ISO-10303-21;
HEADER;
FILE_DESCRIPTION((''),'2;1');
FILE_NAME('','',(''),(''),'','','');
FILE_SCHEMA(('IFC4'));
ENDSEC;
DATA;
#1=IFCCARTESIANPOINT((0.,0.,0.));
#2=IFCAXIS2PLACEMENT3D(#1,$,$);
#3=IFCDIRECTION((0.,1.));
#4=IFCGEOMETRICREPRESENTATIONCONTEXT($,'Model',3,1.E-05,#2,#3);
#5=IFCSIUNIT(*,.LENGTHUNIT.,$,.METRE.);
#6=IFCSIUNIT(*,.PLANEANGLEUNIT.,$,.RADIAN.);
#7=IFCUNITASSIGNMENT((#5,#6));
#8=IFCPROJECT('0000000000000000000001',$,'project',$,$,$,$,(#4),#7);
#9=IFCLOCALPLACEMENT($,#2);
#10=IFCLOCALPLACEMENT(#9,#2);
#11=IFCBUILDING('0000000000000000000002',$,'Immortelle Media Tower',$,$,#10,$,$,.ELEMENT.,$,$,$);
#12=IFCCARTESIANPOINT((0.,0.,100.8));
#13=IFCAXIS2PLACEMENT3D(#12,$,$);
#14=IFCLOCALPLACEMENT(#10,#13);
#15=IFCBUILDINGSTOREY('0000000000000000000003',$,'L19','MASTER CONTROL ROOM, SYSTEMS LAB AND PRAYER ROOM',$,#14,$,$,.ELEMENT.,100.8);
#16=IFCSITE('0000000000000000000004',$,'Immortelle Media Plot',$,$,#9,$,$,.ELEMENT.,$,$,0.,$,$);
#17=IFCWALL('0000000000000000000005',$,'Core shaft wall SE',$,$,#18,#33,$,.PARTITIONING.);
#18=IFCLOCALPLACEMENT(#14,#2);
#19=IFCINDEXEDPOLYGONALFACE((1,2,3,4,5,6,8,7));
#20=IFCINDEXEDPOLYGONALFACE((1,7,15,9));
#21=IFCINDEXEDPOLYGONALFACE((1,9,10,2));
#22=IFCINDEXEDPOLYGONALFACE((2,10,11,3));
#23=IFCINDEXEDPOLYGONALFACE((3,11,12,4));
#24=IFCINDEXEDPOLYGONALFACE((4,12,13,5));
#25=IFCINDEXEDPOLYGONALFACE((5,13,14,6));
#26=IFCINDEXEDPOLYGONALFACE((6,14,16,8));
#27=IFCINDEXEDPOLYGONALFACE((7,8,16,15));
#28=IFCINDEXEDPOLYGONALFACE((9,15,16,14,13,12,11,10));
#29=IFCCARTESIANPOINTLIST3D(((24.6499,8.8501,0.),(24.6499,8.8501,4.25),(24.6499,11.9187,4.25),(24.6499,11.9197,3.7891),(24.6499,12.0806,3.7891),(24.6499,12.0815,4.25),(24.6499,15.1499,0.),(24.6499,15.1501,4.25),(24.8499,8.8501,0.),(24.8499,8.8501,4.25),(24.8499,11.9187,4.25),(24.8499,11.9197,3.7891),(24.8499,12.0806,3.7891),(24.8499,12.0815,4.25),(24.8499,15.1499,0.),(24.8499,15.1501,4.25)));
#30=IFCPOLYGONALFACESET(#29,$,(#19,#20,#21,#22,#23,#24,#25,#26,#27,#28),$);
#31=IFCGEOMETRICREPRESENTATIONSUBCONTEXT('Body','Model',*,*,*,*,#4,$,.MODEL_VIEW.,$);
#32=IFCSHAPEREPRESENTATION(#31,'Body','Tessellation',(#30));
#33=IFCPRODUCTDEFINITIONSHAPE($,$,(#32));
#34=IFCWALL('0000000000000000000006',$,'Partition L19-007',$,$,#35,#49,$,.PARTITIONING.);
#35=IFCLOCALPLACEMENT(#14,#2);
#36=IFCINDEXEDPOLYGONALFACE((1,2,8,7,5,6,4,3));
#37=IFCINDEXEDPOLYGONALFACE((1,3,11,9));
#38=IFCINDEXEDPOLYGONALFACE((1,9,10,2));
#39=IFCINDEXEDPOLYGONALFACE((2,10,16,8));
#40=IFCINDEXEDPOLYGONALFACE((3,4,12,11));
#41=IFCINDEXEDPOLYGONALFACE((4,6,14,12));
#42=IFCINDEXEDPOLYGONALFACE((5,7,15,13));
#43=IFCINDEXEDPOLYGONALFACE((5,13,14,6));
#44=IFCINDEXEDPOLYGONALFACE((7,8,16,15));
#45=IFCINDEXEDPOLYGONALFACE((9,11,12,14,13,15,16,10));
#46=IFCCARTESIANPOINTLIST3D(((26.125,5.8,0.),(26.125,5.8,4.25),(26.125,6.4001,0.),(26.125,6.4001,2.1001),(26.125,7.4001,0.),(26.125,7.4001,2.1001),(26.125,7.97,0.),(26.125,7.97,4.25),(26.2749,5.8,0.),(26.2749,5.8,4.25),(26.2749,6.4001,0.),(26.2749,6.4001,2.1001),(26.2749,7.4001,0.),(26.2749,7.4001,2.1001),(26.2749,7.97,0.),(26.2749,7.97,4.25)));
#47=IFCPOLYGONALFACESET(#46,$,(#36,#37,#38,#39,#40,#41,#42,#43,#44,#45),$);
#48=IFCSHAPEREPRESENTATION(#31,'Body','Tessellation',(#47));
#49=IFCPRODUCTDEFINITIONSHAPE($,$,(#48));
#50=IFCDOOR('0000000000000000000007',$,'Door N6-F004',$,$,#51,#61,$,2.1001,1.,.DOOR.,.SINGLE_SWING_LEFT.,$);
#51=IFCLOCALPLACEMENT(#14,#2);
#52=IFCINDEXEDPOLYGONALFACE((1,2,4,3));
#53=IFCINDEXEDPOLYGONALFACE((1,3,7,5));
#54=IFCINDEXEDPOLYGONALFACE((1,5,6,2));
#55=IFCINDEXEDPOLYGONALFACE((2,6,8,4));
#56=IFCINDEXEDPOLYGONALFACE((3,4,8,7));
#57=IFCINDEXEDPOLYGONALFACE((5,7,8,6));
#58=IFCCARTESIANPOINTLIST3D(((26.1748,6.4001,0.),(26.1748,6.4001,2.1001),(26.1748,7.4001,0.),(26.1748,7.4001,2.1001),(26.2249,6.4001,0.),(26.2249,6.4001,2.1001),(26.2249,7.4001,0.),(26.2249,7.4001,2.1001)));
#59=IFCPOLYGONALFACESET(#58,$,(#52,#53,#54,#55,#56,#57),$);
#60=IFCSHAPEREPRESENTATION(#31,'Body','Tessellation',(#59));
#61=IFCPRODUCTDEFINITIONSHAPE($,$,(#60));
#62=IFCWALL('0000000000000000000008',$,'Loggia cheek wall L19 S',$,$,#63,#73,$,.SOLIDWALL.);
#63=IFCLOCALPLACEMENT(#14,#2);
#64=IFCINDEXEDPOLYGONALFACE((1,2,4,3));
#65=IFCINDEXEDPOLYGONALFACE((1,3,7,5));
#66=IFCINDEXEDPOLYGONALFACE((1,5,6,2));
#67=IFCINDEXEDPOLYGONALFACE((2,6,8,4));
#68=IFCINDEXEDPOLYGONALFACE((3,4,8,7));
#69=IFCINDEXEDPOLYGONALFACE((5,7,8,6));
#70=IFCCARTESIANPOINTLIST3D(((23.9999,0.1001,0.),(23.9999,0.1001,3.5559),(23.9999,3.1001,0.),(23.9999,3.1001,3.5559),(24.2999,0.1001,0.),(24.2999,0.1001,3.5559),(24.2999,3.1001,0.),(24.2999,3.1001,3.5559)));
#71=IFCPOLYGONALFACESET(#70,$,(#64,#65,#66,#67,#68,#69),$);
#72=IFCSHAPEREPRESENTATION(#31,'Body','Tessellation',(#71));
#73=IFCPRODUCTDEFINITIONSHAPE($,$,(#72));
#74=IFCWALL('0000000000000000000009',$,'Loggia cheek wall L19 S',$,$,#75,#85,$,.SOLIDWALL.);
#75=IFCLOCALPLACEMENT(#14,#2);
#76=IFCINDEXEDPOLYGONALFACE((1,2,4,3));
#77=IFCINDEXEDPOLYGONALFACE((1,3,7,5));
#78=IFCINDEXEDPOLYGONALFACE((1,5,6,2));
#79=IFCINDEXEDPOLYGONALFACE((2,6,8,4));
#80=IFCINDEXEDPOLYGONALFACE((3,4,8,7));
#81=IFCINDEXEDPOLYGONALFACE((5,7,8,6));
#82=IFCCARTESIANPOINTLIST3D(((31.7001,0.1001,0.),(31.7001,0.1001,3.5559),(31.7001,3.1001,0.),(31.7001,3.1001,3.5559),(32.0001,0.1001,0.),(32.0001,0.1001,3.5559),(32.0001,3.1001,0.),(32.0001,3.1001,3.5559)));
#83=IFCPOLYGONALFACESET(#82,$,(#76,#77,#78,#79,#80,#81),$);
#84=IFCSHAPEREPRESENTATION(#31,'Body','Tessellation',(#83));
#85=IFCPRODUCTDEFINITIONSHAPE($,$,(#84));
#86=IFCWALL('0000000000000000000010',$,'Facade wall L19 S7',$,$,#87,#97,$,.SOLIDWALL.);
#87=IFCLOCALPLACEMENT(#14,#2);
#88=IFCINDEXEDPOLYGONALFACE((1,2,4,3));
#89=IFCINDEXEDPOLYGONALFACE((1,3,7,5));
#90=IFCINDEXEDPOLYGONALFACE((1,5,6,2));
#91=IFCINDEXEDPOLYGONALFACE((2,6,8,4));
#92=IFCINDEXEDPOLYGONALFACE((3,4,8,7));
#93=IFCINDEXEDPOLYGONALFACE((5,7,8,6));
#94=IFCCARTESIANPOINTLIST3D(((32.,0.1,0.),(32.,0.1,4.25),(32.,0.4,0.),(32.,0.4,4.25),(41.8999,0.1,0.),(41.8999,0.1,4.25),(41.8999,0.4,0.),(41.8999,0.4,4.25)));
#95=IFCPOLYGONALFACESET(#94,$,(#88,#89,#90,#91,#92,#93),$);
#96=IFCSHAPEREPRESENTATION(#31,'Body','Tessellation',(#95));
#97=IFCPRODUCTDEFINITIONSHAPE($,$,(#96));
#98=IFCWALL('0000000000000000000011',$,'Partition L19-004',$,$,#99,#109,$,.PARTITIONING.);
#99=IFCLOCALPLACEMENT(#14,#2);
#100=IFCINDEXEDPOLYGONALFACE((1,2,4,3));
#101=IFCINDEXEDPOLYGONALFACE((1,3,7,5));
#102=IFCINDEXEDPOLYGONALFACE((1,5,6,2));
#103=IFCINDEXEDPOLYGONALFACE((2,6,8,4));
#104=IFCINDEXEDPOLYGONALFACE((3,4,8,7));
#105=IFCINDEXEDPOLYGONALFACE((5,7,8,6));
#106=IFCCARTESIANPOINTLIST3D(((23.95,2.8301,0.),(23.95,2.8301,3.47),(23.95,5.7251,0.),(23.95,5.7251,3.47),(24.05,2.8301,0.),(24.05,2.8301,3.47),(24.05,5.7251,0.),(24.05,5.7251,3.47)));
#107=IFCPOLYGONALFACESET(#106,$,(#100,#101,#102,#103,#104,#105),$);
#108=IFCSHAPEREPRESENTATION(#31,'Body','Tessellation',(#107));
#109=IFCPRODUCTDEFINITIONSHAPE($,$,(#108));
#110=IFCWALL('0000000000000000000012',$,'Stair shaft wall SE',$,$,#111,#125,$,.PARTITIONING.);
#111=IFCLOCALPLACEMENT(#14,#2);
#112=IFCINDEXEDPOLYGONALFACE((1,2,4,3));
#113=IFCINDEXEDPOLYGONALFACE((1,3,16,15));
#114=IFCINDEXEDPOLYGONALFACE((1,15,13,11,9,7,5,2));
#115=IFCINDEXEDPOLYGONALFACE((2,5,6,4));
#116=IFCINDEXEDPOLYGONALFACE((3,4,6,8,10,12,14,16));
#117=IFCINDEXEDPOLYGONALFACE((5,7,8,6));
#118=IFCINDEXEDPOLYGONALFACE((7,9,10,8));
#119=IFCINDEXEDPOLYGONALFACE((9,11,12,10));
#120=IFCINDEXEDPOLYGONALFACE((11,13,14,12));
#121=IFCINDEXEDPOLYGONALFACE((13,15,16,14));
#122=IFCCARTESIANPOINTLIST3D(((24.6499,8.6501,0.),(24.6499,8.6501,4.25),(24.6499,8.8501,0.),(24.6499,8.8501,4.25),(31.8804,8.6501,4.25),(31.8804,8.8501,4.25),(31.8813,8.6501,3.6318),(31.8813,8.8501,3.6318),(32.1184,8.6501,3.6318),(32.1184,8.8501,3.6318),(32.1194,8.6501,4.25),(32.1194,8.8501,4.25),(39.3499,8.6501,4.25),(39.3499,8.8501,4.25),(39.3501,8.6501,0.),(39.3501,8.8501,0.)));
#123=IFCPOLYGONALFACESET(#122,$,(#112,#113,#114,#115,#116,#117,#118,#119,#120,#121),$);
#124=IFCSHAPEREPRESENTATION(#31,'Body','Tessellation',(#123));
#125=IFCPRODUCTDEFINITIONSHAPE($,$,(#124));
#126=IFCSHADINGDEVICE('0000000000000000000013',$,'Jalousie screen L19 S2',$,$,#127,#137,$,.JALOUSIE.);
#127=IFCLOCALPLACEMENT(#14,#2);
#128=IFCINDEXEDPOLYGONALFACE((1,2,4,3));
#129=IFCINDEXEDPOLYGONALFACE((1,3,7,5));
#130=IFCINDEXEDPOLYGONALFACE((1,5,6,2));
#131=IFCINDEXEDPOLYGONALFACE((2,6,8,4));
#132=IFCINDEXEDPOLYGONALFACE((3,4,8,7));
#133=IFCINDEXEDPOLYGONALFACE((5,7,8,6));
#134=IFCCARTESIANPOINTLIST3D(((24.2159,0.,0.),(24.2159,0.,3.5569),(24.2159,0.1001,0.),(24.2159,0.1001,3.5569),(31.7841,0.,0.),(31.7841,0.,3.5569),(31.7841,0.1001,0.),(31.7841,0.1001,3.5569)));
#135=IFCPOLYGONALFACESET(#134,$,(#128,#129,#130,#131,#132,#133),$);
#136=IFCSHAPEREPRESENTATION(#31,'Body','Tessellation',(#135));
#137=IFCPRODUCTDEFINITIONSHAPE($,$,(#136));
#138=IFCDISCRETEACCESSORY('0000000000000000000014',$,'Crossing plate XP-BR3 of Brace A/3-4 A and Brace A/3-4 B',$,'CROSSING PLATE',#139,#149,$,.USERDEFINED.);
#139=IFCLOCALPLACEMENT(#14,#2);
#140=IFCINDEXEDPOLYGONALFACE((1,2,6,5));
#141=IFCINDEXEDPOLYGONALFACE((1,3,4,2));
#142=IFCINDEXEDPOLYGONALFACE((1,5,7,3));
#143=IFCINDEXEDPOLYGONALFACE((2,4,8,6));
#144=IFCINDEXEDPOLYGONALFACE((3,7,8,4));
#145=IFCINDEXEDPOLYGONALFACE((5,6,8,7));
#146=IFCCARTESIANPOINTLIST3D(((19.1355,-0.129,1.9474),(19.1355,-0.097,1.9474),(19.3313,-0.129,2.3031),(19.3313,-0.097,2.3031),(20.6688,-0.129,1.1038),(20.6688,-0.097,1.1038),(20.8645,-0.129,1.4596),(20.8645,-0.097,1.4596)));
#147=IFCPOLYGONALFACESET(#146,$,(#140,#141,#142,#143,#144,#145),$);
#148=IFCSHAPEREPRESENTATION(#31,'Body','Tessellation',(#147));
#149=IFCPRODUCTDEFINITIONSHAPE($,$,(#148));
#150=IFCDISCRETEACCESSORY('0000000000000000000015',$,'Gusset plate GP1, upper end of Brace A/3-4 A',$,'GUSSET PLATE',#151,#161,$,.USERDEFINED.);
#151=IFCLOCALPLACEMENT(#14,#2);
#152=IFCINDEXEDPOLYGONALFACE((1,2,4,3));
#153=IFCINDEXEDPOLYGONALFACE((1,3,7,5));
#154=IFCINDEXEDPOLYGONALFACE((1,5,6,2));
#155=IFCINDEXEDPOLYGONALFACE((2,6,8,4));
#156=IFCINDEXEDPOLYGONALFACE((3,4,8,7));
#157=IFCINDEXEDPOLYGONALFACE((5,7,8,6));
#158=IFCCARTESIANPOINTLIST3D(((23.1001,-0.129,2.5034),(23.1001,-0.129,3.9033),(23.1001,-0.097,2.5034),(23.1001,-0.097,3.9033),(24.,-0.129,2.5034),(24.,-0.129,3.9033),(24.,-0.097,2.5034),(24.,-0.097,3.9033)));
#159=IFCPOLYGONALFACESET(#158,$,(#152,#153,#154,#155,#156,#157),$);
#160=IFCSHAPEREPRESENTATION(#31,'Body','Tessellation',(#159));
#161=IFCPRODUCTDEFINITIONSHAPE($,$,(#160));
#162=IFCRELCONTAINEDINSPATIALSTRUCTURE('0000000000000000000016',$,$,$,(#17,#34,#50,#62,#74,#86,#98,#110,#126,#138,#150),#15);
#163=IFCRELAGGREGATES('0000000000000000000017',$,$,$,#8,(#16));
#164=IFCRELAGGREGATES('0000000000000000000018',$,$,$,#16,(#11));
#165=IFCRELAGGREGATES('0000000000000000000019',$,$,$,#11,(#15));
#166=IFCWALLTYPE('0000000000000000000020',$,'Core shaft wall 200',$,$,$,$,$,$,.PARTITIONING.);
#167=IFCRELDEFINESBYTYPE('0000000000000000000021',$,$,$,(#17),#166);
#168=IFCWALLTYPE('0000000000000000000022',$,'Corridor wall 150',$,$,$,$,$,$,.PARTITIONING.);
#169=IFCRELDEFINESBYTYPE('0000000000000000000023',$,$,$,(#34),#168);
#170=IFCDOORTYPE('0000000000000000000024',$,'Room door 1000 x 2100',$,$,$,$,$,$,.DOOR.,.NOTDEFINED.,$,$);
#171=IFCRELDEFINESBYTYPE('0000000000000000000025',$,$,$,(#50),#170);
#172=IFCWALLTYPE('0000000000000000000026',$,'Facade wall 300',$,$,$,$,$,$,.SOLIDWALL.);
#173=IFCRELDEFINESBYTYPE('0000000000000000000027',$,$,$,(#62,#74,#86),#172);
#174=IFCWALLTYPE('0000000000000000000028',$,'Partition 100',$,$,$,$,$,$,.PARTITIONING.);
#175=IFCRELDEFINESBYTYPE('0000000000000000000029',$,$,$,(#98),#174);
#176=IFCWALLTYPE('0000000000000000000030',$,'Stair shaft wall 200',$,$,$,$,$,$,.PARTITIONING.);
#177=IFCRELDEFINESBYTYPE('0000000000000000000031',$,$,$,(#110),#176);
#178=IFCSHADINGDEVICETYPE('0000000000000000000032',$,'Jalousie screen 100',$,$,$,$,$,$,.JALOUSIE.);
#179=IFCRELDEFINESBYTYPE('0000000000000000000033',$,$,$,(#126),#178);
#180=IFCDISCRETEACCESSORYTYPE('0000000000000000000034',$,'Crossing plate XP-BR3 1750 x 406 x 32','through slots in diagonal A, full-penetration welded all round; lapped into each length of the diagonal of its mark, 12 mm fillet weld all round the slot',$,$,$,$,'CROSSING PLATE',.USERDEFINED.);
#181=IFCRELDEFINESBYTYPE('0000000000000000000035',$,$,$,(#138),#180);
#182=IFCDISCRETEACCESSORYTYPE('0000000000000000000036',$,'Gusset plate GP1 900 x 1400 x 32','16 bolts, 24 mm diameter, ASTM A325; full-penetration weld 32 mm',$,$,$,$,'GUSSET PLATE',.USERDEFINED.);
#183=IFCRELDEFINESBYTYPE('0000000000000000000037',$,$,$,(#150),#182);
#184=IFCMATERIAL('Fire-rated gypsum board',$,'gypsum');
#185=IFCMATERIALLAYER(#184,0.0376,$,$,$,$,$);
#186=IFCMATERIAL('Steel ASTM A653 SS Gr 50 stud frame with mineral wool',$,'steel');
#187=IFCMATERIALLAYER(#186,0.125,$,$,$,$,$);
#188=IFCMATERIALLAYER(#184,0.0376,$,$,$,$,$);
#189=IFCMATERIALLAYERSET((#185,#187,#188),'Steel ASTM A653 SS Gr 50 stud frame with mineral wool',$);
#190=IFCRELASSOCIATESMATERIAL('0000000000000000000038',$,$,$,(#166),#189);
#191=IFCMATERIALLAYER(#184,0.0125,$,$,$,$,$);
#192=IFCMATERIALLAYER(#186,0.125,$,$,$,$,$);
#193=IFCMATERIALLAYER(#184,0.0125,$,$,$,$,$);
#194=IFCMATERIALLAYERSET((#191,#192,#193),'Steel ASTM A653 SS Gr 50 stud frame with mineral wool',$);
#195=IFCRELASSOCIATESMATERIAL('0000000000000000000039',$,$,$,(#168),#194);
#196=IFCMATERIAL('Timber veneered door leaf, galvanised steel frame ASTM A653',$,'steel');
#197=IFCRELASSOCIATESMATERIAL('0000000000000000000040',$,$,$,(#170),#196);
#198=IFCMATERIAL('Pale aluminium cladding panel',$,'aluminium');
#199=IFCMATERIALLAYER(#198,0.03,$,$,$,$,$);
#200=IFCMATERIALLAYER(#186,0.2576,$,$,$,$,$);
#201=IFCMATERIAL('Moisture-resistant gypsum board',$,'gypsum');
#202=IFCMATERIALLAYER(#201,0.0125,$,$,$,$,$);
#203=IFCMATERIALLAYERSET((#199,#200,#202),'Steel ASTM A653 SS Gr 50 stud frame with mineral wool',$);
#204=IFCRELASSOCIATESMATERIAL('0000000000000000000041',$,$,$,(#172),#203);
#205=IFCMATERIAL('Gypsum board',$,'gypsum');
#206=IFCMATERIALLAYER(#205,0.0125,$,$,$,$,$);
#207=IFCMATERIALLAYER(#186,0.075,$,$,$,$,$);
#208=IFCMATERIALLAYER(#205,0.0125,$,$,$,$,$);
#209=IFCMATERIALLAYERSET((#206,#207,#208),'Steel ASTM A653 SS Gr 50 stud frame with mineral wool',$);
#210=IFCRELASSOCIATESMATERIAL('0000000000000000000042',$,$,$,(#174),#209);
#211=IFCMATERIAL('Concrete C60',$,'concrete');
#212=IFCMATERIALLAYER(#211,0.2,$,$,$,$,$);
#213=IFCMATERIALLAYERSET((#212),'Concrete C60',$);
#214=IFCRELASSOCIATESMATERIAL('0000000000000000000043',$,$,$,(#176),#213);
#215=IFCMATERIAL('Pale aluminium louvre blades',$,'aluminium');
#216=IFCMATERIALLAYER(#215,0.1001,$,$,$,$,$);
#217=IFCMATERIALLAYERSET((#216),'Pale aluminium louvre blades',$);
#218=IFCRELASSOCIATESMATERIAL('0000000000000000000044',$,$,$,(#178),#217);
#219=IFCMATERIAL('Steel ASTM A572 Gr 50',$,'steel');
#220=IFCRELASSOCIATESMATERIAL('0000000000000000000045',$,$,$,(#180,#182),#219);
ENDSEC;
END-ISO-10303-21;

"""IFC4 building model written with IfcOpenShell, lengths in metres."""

from ifc_helpers import new_model, si_unit, direction, frame, frame_2d, origin, origin_2d, place, context, subcontext, project, spatial, polyline, rectangle, outline, extrude, material, layer, layer_set, material_profile, profile_set, type_object, element, fill, save


model = new_model("IFC4")

# Units and contexts
model_context = context("Model", 3, precision=1e-05, world=origin(), true_north=direction((0.0, 1.0)))
body_context = subcontext(model_context, "Body", "Model", "MODEL_VIEW")
ifc_project = project(units=[si_unit("LENGTHUNIT", "METRE"), si_unit("PLANEANGLEUNIT", "RADIAN")], contexts=[model_context])

# Site, building, storey
site_placement = place(None, origin())
site = spatial("IfcSite", under=ifc_project, at=site_placement, Name="Immortelle Media Plot", CompositionType="ELEMENT", RefElevation=0.0)
building_placement = place(site_placement, origin())
building = spatial("IfcBuilding", under=site, at=building_placement, Name="Immortelle Media Tower", CompositionType="ELEMENT")
storey_placement = place(building_placement, frame((0.0, 0.0, 100.8)))
storey = spatial("IfcBuildingStorey", under=building, at=storey_placement, Name="L19", Description="MASTER CONTROL ROOM, SYSTEMS LAB AND PRAYER ROOM", CompositionType="ELEMENT", Elevation=100.8)

# Shared definitions
ifc_material_1 = material(Name="Fire-rated gypsum board", Category="gypsum")
ifc_layer_1 = layer(ifc_material_1, 0.0376)
ifc_material_2 = material(Name="Steel ASTM A653 SS Gr 50 stud frame with mineral wool", Category="steel")
ifc_layer_2 = layer(ifc_material_2, 0.125)
ifc_layer_3 = layer(ifc_material_1, 0.0376)
ifc_layer_set_1 = layer_set([ifc_layer_1, ifc_layer_2, ifc_layer_3], Name="Steel ASTM A653 SS Gr 50 stud frame with mineral wool")
wall_type_1 = type_object("IfcWallType", Name="Core shaft wall 200", PredefinedType="PARTITIONING", material=ifc_layer_set_1)

# Wall
wall_1_placement = place(storey_placement, frame((24.75, 8.8501, 0.0), z_axis=(0.0, 0.0, 1.0), x_axis=(0.0, 1.0, 0.0)))
element("IfcWall", 1, at=wall_1_placement, inside=storey, type_object=wall_type_1, Name="Core shaft wall SE", PredefinedType="PARTITIONING", context=body_context, shape_type="SweptSolid", body=[
    extrude(outline(polyline([(0.0, 0.0), (6.2998, 0.0), (6.3, 4.25), (3.2314, 4.25), (3.2305, 3.7891), (3.0696, 3.7891), (3.0686, 4.25), (0.0, 4.25), (0.0, 0.0)])), frame((0.0, 0.1001, 0.0), z_axis=(0.0, -1.0, 0.0), x_axis=(1.0, 0.0, 0.0)), (0.0, 0.0, 1.0), 0.2),
])

# Wall, opening, door
ifc_layer_4 = layer(ifc_material_1, 0.0125)
ifc_layer_5 = layer(ifc_material_2, 0.125)
ifc_layer_6 = layer(ifc_material_1, 0.0125)
ifc_layer_set_2 = layer_set([ifc_layer_4, ifc_layer_5, ifc_layer_6], Name="Steel ASTM A653 SS Gr 50 stud frame with mineral wool")
wall_type_2 = type_object("IfcWallType", Name="Corridor wall 150", PredefinedType="PARTITIONING", material=ifc_layer_set_2)
wall_2_placement = place(storey_placement, frame((26.2, 5.8, 0.0), z_axis=(0.0, 0.0, 1.0), x_axis=(0.0, 1.0, 0.0)))
wall_2 = element("IfcWall", 2, at=wall_2_placement, inside=storey, type_object=wall_type_2, Name="Partition L19-007", PredefinedType="PARTITIONING", context=body_context, shape_type="SweptSolid", body=[
    extrude(rectangle(XDim=2.1699, YDim=0.1499, at=frame_2d((1.085, 0.0))), origin(), (0.0, 0.0, 1.0), 4.25),
])
opening_1_placement = place(wall_2_placement, frame((1.6001, 0.0, 0.0), z_axis=(0.0, 0.0, 1.0), x_axis=(-1.0, 0.0, 0.0)))
opening_1 = element("IfcOpeningElement", 3, at=opening_1_placement, cuts=wall_2, PredefinedType="OPENING", context=body_context, shape_type="SweptSolid", body=[
    extrude(rectangle(XDim=1.0, YDim=2.1001, at=frame_2d((0.5, 1.05))), frame((0.0, 0.085, 0.0), z_axis=(0.0, -1.0, 0.0), x_axis=(1.0, 0.0, 0.0)), (0.0, 0.0, 1.0), 0.1699),
])
ifc_material_3 = material(Name="Timber veneered door leaf, galvanised steel frame ASTM A653", Category="steel")
door_type_1 = type_object("IfcDoorType", Name="Room door 1000 x 2100", OperationType="NOTDEFINED", PredefinedType="DOOR", material=ifc_material_3)
door_1_placement = place(opening_1_placement, origin())
door_1 = element("IfcDoor", 4, at=door_1_placement, inside=storey, type_object=door_type_1, Name="Door N6-F004", OperationType="SINGLE_SWING_LEFT", OverallHeight=2.1001, OverallWidth=1.0, PredefinedType="DOOR", context=body_context, shape_type="SweptSolid", body=[
    extrude(rectangle(XDim=1.0, YDim=2.1001, at=frame_2d((0.5, 1.05))), frame((0.0, 0.0249, 0.0), z_axis=(0.0, -1.0, 0.0), x_axis=(1.0, 0.0, 0.0)), (0.0, 0.0, 1.0), 0.05),
])
fill(opening_1, door_1)

# Shared definitions
ifc_material_4 = material(Name="Pale aluminium cladding panel", Category="aluminium")
ifc_layer_7 = layer(ifc_material_4, 0.03)
ifc_layer_8 = layer(ifc_material_2, 0.2576)
ifc_material_5 = material(Name="Moisture-resistant gypsum board", Category="gypsum")
ifc_layer_9 = layer(ifc_material_5, 0.0125)
ifc_layer_set_3 = layer_set([ifc_layer_7, ifc_layer_8, ifc_layer_9], Name="Steel ASTM A653 SS Gr 50 stud frame with mineral wool")
wall_type_3 = type_object("IfcWallType", Name="Facade wall 300", PredefinedType="SOLIDWALL", material=ifc_layer_set_3)

# Walls
for number, where, z_axis, x_axis, name in (
    (5, (24.1499, 0.1001, 0.0), (0.0, 0.0, 1.0), (0.0, 1.0, 0.0), "Loggia cheek wall L19 S"),
    (6, (31.8501, 0.1001, 0.0), (0.0, 0.0, 1.0), (0.0, 1.0, 0.0), "Loggia cheek wall L19 S"),
):
    element("IfcWall", number, at=place(storey_placement, frame(where, z_axis=z_axis, x_axis=x_axis)), inside=storey, type_object=wall_type_3, Name=name, PredefinedType="SOLIDWALL", context=body_context, shape_type="SweptSolid", body=[
        extrude(rectangle(XDim=3.0, YDim=0.3, at=frame_2d((1.5, 0.0))), origin(), (0.0, 0.0, 1.0), 3.5559),
    ])
wall_3_placement = place(storey_placement, frame((32.0, 0.25, 0.0), z_axis=(0.0, 0.0, 1.0), x_axis=(1.0, 0.0, 0.0)))
element("IfcWall", 7, at=wall_3_placement, inside=storey, type_object=wall_type_3, Name="Facade wall L19 S7", PredefinedType="SOLIDWALL", context=body_context, shape_type="SweptSolid", body=[
    extrude(rectangle(XDim=9.8999, YDim=0.3, at=frame_2d((4.95, 0.0))), origin(), (0.0, 0.0, 1.0), 4.25),
])
ifc_material_6 = material(Name="Gypsum board", Category="gypsum")
ifc_layer_10 = layer(ifc_material_6, 0.0125)
ifc_layer_11 = layer(ifc_material_2, 0.075)
ifc_layer_12 = layer(ifc_material_6, 0.0125)
ifc_layer_set_4 = layer_set([ifc_layer_10, ifc_layer_11, ifc_layer_12], Name="Steel ASTM A653 SS Gr 50 stud frame with mineral wool")
wall_type_4 = type_object("IfcWallType", Name="Partition 100", PredefinedType="PARTITIONING", material=ifc_layer_set_4)
wall_4_placement = place(storey_placement, frame((24.0, 2.8301, 0.0), z_axis=(0.0, 0.0, 1.0), x_axis=(0.0, 1.0, 0.0)))
element("IfcWall", 8, at=wall_4_placement, inside=storey, type_object=wall_type_4, Name="Partition L19-004", PredefinedType="PARTITIONING", context=body_context, shape_type="SweptSolid", body=[
    extrude(rectangle(XDim=2.895, YDim=0.1001, at=frame_2d((1.4475, 0.0))), origin(), (0.0, 0.0, 1.0), 3.47),
])
ifc_material_7 = material(Name="Concrete C60", Category="concrete")
ifc_layer_13 = layer(ifc_material_7, 0.2)
ifc_layer_set_5 = layer_set([ifc_layer_13], Name="Concrete C60")
wall_type_5 = type_object("IfcWallType", Name="Stair shaft wall 200", PredefinedType="PARTITIONING", material=ifc_layer_set_5)
wall_5_placement = place(storey_placement, frame((24.6499, 8.75, 0.0), z_axis=(0.0, 0.0, 1.0), x_axis=(1.0, 0.0, 0.0)))
element("IfcWall", 9, at=wall_5_placement, inside=storey, type_object=wall_type_5, Name="Stair shaft wall SE", PredefinedType="PARTITIONING", context=body_context, shape_type="SweptSolid", body=[
    extrude(outline(polyline([(0.0, 0.0), (14.7002, 0.0), (14.7, 4.25), (7.4695, 4.25), (7.4685, 3.6318), (7.2314, 3.6318), (7.2305, 4.25), (0.0, 4.25), (0.0, 0.0)])), frame((0.0, 0.1001, 0.0), z_axis=(0.0, -1.0, 0.0), x_axis=(1.0, 0.0, 0.0)), (0.0, 0.0, 1.0), 0.2),
])

# Shading device
ifc_material_8 = material(Name="Pale aluminium louvre blades", Category="aluminium")
ifc_layer_14 = layer(ifc_material_8, 0.1001)
ifc_layer_set_6 = layer_set([ifc_layer_14], Name="Pale aluminium louvre blades")
shading_device_type = type_object("IfcShadingDeviceType", Name="Jalousie screen 100", PredefinedType="JALOUSIE", material=ifc_layer_set_6)
shading_device_placement = place(storey_placement, frame((28.0, 0.05, 0.0), z_axis=(0.0, 0.0, 1.0), x_axis=(1.0, 0.0, 0.0)))
element("IfcShadingDevice", 10, at=shading_device_placement, inside=storey, type_object=shading_device_type, Name="Jalousie screen L19 S2", PredefinedType="JALOUSIE", context=body_context, shape_type="SweptSolid", body=[
    extrude(rectangle(XDim=7.5681, YDim=0.1001, at=origin_2d()), origin(), (0.0, 0.0, 1.0), 3.5569),
])

# Discrete accessories
ifc_material_9 = material(Name="Steel ASTM A572 Gr 50", Category="steel")
ifc_material_profile_1 = material_profile(ifc_material_9, rectangle(XDim=0.032, YDim=0.406, at=origin_2d()), Name="PL 32 x 406")
ifc_profile_set_1 = profile_set([ifc_material_profile_1], Name="Steel ASTM A572 Gr 50")
discrete_accessory_type_1 = type_object("IfcDiscreteAccessoryType", Name="Crossing plate XP-BR3 1750 x 406 x 32", Description="through slots in diagonal A, full-penetration welded all round; lapped into each length of the diagonal of its mark, 12 mm fillet weld all round the slot", ElementType="CROSSING PLATE", PredefinedType="USERDEFINED", material=ifc_profile_set_1)
discrete_accessory_placement = place(storey_placement, frame((19.2334, -0.113, 2.1252), z_axis=(0.876157, 0.0, -0.482026), x_axis=(0.0, 1.0, 0.0)))
element("IfcDiscreteAccessory", 11, at=discrete_accessory_placement, inside=storey, type_object=discrete_accessory_type_1, Name="Crossing plate XP-BR3 of Brace A/3-4 A and Brace A/3-4 B", ObjectType="CROSSING PLATE", PredefinedType="USERDEFINED", context=body_context, shape_type="SweptSolid", body=[
    extrude(rectangle(XDim=0.032, YDim=0.406, at=origin_2d()), origin(), (0.0, 0.0, 1.0), 1.75),
])
ifc_material_profile_2 = material_profile(ifc_material_9, rectangle(XDim=0.032, YDim=1.3999, at=origin_2d()), Name="PL 32 x 1400")
ifc_profile_set_2 = profile_set([ifc_material_profile_2], Name="Steel ASTM A572 Gr 50")
discrete_accessory_type_2 = type_object("IfcDiscreteAccessoryType", Name="Gusset plate GP1 900 x 1400 x 32", Description="16 bolts, 24 mm diameter, ASTM A325; full-penetration weld 32 mm", ElementType="GUSSET PLATE", PredefinedType="USERDEFINED", material=ifc_profile_set_2)
for number, where, z_axis, x_axis, name in (
    (12, (24.0, -0.113, 3.2034), (-1.0, 0.0, 0.0), (0.0, -1.0, 0.0), "Gusset plate GP1, upper end of Brace A/3-4 A"),
):
    element("IfcDiscreteAccessory", number, at=place(storey_placement, frame(where, z_axis=z_axis, x_axis=x_axis)), inside=storey, type_object=discrete_accessory_type_2, Name=name, ObjectType="GUSSET PLATE", PredefinedType="USERDEFINED", context=body_context, shape_type="SweptSolid", body=[
        extrude(rectangle(XDim=0.032, YDim=1.3999, at=origin_2d()), origin(), (0.0, 0.0, 1.0), 0.8999),
    ])

save(model, "model.ifc")
